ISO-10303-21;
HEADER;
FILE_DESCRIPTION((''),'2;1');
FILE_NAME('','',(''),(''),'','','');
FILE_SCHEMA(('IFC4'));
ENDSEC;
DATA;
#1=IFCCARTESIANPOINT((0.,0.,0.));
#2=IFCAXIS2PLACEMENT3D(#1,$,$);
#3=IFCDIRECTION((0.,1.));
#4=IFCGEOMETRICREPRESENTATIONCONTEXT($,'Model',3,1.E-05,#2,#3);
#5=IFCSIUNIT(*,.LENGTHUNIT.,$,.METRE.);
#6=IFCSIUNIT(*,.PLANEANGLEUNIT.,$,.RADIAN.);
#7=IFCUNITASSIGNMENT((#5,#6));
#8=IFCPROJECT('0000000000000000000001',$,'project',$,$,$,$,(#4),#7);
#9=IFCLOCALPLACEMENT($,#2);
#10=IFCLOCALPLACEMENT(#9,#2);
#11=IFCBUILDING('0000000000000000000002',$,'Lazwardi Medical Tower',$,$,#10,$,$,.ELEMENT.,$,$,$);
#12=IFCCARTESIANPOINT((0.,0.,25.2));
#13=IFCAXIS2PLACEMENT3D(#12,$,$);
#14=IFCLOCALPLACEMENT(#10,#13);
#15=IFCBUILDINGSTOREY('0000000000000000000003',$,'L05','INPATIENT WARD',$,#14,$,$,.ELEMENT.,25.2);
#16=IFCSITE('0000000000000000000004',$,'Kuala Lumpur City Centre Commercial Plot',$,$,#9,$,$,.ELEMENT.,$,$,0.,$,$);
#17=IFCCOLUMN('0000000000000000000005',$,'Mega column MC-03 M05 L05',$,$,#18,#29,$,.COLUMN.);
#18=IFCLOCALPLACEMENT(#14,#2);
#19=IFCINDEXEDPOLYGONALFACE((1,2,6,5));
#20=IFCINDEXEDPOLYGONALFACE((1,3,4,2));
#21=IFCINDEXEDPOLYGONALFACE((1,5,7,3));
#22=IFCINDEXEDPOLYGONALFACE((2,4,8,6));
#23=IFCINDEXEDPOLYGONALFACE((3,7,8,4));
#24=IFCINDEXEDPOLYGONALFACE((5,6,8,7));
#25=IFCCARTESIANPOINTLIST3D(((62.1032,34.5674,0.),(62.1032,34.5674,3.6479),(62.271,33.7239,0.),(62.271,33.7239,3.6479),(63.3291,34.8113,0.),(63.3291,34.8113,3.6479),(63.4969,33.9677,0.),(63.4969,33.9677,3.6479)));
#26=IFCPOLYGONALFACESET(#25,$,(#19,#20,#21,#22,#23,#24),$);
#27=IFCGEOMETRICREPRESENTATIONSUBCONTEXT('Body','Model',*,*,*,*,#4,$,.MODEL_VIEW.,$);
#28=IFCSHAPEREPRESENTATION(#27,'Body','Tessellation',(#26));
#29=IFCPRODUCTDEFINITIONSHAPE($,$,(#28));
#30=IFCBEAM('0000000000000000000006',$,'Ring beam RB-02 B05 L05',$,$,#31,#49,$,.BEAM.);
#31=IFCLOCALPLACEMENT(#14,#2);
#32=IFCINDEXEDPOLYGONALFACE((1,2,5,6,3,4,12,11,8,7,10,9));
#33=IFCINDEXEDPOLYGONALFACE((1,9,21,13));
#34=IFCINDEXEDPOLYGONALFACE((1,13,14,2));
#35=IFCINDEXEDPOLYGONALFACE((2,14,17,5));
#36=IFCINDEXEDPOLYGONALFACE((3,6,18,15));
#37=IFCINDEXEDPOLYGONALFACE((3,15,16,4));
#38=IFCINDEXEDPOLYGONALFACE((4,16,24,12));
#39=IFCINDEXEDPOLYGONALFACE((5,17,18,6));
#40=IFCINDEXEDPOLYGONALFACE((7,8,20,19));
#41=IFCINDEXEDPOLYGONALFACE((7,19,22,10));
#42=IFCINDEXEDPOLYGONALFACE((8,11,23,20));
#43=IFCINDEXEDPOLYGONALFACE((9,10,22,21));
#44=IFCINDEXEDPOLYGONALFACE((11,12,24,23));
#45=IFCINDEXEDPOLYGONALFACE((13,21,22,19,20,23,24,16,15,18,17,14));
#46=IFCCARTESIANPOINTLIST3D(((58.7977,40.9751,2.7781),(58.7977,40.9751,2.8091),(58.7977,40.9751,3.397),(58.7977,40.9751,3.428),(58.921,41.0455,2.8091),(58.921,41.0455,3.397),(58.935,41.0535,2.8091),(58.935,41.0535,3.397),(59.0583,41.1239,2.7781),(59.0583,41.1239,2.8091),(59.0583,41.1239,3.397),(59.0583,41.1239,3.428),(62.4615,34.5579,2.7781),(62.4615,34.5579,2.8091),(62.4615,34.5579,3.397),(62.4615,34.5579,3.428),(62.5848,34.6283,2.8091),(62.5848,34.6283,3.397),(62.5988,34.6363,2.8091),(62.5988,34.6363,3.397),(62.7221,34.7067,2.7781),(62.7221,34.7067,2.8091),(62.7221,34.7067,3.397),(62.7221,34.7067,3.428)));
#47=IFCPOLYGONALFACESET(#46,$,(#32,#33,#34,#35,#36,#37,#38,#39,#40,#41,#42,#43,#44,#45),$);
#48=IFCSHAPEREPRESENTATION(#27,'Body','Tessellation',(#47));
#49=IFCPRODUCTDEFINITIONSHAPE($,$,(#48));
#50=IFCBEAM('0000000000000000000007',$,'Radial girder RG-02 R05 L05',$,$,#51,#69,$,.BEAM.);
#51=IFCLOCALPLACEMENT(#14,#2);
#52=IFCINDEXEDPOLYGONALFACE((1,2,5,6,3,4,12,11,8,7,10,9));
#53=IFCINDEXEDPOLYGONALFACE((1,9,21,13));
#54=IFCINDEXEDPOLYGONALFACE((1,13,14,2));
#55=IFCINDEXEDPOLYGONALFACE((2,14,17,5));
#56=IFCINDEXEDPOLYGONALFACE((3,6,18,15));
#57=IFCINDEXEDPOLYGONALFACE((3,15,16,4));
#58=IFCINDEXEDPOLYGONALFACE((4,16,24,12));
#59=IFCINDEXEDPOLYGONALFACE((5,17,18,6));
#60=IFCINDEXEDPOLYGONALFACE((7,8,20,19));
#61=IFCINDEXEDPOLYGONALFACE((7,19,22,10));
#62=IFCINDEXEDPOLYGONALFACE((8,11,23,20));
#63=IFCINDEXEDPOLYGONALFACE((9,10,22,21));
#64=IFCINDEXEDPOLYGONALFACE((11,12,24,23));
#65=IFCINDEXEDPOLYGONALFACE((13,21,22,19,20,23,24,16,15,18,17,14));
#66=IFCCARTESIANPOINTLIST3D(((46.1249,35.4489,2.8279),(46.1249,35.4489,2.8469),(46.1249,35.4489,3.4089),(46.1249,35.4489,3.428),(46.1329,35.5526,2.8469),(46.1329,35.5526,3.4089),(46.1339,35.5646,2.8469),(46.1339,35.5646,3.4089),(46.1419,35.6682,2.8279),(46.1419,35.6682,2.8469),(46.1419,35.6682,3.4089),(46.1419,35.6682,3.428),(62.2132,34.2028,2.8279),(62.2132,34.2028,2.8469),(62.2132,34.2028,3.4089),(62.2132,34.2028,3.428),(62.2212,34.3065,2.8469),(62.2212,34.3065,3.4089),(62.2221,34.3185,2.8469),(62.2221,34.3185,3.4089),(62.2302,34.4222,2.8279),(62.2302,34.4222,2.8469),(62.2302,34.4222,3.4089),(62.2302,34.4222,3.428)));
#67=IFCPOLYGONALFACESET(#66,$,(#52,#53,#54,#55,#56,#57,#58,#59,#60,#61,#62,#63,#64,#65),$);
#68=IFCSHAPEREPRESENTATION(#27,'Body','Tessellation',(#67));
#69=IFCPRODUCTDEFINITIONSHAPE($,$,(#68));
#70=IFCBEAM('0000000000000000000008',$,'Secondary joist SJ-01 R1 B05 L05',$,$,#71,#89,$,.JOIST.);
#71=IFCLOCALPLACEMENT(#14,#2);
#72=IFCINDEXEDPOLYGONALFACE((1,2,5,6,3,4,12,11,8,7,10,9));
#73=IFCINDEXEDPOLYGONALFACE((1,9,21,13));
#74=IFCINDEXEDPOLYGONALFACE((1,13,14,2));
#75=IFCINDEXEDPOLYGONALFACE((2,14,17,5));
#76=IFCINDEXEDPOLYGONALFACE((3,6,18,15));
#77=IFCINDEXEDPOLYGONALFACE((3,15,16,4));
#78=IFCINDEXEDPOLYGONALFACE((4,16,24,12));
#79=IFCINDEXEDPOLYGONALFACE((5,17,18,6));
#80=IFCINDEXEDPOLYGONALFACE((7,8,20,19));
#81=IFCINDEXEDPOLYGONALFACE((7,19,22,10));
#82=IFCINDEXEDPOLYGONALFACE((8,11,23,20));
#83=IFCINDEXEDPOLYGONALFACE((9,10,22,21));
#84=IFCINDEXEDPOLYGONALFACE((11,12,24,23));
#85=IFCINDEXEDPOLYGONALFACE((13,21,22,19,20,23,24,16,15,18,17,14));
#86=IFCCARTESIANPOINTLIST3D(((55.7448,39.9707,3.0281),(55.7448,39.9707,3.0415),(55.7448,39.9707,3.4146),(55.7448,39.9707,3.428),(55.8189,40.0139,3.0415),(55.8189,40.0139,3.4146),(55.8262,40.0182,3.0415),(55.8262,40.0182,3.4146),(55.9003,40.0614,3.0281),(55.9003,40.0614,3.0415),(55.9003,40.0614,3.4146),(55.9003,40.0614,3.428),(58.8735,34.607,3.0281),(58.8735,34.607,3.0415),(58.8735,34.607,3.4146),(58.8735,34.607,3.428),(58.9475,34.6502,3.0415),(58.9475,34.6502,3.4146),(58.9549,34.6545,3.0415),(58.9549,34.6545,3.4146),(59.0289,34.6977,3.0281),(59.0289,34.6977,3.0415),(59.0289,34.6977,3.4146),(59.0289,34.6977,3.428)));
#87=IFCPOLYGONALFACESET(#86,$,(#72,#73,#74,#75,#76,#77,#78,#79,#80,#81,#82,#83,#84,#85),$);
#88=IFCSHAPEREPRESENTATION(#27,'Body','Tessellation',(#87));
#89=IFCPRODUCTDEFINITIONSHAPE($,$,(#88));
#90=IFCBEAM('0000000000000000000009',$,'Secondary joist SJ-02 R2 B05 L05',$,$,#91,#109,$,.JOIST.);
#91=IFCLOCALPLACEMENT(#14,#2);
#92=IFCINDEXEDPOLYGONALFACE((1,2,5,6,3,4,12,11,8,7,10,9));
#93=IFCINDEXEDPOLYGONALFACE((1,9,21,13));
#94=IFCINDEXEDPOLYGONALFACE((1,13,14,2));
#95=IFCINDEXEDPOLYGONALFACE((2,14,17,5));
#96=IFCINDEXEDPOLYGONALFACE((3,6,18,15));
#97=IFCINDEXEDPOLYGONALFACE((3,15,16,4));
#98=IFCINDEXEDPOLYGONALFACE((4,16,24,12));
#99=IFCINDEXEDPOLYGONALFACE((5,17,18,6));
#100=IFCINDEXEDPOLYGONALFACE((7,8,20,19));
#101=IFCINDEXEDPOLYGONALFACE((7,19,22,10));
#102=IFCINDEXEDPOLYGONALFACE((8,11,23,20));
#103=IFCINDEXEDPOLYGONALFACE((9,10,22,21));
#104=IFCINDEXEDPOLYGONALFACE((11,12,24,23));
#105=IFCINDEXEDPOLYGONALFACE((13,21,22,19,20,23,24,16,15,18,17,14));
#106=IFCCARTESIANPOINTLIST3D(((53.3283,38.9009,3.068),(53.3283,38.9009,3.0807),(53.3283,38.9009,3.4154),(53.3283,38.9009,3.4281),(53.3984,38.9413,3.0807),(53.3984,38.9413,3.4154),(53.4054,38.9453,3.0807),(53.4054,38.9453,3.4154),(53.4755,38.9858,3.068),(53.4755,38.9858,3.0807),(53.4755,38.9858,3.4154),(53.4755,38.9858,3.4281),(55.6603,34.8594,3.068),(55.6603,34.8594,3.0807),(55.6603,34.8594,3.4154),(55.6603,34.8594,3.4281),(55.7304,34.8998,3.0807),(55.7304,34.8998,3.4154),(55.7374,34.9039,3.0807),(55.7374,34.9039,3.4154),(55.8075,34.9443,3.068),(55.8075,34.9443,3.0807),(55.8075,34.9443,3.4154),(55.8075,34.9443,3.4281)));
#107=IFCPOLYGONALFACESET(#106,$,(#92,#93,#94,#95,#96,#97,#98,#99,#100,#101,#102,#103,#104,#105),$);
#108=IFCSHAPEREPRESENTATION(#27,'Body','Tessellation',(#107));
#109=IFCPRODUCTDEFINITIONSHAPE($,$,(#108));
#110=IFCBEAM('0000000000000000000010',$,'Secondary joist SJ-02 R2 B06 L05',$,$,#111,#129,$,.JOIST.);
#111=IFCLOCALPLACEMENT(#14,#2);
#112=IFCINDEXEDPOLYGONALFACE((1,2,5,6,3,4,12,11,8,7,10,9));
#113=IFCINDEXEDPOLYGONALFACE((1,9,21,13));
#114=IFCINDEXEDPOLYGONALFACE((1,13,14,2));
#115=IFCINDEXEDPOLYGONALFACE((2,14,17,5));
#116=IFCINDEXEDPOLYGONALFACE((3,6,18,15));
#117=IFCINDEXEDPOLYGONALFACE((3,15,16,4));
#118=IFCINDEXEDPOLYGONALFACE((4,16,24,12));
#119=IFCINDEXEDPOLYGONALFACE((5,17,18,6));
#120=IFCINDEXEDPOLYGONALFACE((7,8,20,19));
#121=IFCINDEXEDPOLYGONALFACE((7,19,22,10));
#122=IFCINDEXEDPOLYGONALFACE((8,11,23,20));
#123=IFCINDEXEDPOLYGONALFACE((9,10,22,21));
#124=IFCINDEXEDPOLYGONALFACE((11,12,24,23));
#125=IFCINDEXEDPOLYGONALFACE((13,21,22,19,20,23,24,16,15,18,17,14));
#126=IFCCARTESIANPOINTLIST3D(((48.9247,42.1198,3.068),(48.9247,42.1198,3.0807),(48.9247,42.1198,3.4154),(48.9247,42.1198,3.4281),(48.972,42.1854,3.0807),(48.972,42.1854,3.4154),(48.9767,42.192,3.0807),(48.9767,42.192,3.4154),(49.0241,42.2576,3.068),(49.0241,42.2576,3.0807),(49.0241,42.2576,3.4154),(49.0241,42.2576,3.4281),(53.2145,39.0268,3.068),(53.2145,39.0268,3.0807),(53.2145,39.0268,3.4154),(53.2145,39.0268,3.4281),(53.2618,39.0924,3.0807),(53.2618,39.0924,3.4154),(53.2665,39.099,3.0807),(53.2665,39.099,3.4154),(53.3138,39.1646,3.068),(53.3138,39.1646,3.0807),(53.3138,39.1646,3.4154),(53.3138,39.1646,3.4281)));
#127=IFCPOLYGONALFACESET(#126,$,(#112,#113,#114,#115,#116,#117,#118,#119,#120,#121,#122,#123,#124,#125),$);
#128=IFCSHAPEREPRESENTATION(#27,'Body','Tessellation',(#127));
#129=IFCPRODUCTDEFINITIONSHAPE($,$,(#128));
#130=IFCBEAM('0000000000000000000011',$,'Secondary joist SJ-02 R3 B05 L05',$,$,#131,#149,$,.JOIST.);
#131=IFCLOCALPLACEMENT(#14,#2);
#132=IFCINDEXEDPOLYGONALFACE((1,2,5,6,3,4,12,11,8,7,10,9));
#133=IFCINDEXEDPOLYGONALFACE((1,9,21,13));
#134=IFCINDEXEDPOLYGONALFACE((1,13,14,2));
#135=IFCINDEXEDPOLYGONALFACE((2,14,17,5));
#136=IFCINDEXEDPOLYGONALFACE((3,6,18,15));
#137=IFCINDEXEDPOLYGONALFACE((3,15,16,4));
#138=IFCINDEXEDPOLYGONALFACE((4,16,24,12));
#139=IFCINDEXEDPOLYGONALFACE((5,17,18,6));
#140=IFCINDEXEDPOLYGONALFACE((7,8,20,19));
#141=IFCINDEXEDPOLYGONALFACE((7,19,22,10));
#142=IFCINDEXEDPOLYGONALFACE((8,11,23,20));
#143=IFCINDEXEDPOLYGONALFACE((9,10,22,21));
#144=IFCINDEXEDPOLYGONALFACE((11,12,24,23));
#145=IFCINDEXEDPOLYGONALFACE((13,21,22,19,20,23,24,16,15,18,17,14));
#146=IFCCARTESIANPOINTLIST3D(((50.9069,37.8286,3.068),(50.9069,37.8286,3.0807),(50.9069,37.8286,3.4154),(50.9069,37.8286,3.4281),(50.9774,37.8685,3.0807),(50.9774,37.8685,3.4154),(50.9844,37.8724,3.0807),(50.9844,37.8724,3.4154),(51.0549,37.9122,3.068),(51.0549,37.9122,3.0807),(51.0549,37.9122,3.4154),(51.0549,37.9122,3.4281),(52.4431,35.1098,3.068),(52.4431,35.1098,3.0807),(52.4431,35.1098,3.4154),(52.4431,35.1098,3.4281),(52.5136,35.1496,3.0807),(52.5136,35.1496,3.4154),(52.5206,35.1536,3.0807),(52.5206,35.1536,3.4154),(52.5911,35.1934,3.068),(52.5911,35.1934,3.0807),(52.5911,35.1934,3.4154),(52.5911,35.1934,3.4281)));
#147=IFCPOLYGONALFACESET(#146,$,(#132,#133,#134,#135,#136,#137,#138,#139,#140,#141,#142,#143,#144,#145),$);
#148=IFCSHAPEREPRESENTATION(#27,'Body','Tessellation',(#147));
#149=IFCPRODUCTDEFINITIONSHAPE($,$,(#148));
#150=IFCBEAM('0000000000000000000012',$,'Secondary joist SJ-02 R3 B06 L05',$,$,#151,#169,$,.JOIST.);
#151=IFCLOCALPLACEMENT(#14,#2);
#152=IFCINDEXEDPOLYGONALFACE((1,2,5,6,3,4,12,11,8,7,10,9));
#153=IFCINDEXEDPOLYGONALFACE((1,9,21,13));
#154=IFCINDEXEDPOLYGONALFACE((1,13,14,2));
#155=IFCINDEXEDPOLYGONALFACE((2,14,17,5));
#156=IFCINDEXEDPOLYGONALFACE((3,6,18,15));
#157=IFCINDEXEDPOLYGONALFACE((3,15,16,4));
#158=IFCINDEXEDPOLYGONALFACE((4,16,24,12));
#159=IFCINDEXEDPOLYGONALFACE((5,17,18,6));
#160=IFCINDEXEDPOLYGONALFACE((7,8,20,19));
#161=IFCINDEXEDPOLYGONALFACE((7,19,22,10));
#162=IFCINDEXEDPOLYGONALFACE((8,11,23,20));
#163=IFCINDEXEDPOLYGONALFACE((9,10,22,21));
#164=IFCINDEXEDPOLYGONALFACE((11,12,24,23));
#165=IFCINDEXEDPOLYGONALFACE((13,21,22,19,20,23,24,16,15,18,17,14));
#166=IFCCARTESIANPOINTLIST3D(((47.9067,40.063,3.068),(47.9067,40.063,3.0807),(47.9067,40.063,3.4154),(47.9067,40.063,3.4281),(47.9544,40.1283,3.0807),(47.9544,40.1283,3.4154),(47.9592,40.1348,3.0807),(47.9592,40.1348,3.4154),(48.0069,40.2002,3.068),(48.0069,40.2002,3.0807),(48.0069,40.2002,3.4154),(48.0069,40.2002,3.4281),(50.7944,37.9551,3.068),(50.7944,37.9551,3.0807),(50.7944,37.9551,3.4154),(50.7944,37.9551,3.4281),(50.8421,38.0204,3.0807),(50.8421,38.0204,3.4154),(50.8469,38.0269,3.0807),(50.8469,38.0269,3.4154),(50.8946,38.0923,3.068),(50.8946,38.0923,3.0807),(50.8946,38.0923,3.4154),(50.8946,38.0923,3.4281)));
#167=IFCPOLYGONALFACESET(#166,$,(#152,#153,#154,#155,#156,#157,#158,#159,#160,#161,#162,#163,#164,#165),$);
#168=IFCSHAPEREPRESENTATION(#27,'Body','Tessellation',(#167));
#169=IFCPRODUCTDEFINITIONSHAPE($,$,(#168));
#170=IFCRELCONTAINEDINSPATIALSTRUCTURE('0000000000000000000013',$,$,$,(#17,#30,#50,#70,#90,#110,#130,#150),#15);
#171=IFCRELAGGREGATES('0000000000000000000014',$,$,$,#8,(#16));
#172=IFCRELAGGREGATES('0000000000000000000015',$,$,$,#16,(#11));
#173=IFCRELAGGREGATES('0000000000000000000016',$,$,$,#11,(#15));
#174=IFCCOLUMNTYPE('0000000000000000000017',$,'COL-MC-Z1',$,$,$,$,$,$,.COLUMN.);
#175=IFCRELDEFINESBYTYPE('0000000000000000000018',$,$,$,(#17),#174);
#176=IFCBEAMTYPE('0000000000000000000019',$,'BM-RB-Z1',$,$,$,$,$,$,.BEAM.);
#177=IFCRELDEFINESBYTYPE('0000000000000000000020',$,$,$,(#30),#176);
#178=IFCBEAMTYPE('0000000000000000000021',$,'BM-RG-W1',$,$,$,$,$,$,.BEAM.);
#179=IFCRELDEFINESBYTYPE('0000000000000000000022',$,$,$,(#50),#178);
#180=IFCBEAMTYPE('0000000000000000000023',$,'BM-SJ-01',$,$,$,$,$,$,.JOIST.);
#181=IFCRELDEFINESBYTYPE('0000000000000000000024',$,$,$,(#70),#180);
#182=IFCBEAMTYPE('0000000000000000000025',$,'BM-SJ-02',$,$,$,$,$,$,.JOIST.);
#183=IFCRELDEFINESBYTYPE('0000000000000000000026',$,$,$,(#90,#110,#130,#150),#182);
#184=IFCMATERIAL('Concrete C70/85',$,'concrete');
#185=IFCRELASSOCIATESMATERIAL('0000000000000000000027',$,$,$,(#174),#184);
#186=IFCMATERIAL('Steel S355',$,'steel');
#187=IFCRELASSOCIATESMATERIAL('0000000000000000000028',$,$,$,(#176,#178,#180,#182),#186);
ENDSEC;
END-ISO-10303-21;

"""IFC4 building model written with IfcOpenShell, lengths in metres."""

from ifc_helpers import new_model, si_unit, direction, frame, origin, origin_2d, place, context, subcontext, project, spatial, rectangle, i_section, extrude, material, material_profile, profile_set, type_object, element, save


model = new_model("IFC4")

# Units and contexts
model_context = context("Model", 3, precision=1e-05, world=origin(), true_north=direction((0.0, 1.0)))
body_context = subcontext(model_context, "Body", "Model", "MODEL_VIEW")
ifc_project = project(units=[si_unit("LENGTHUNIT", "METRE"), si_unit("PLANEANGLEUNIT", "RADIAN")], contexts=[model_context])

# Site, building, storey
site_placement = place(None, origin())
site = spatial("IfcSite", under=ifc_project, at=site_placement, Name="Kuala Lumpur City Centre Commercial Plot", CompositionType="ELEMENT", RefElevation=0.0)
building_placement = place(site_placement, origin())
building = spatial("IfcBuilding", under=site, at=building_placement, Name="Lazwardi Medical Tower", CompositionType="ELEMENT")
storey_placement = place(building_placement, frame((0.0, 0.0, 25.2)))
storey = spatial("IfcBuildingStorey", under=building, at=storey_placement, Name="L05", Description="INPATIENT WARD", CompositionType="ELEMENT", Elevation=25.2)

# Column
ifc_material_1 = material(Name="Concrete C70/85", Category="concrete")
ifc_material_profile_1 = material_profile(ifc_material_1, rectangle(XDim=1.25, YDim=0.8601, at=origin_2d()), Name="CFT-RECT 1250x860")
ifc_profile_set_1 = profile_set([ifc_material_profile_1], Name="Concrete C70/85")
column_type = type_object("IfcColumnType", Name="COL-MC-Z1", PredefinedType="COLUMN", material=ifc_profile_set_1)
column_placement = place(storey_placement, frame((62.8, 34.2676, 0.0), z_axis=(0.0, 0.0, 1.0), x_axis=(0.980785, 0.19509, 0.0)))
element("IfcColumn", 1, at=column_placement, inside=storey, type_object=column_type, Name="Mega column MC-03 M05 L05", PredefinedType="COLUMN", context=body_context, shape_type="SweptSolid", body=[
    extrude(rectangle(XDim=1.25, YDim=0.8601, at=origin_2d()), origin(), (0.0, 0.0, 1.0), 3.6479),
])

# Beams
ifc_material_2 = material(Name="Steel S355", Category="steel")
ifc_material_profile_2 = material_profile(ifc_material_2, i_section(OverallWidth=0.3, OverallDepth=0.6499, WebThickness=0.0161, FlangeThickness=0.031, at=origin_2d()), Name="HEB 650")
ifc_profile_set_2 = profile_set([ifc_material_profile_2], Name="Steel S355")
beam_type_1 = type_object("IfcBeamType", Name="BM-RB-Z1", PredefinedType="BEAM", material=ifc_profile_set_2)
beam_1_placement = place(storey_placement, frame((62.5918, 34.6323, 3.103), z_axis=(-0.495815, 0.868428, 0.0), x_axis=(-0.868428, -0.495815, 0.0)))
element("IfcBeam", 2, at=beam_1_placement, inside=storey, type_object=beam_type_1, Name="Ring beam RB-02 B05 L05", PredefinedType="BEAM", context=body_context, shape_type="SweptSolid", body=[
    extrude(i_section(OverallWidth=0.3, OverallDepth=0.6499, WebThickness=0.0161, FlangeThickness=0.031, at=origin_2d()), origin(), (0.0, 0.0, 1.0), 7.3894),
])
ifc_material_profile_3 = material_profile(ifc_material_2, i_section(OverallWidth=0.22, OverallDepth=0.6001, WebThickness=0.012, FlangeThickness=0.019, at=origin_2d()), Name="IPE 600")
ifc_profile_set_3 = profile_set([ifc_material_profile_3], Name="Steel S355")
beam_type_2 = type_object("IfcBeamType", Name="BM-RG-W1", PredefinedType="BEAM", material=ifc_profile_set_3)
beam_2_placement = place(storey_placement, frame((62.2217, 34.3125, 3.1279), z_axis=(-0.997014, 0.077222, 0.0), x_axis=(-0.077222, -0.997014, 0.0)))
element("IfcBeam", 3, at=beam_2_placement, inside=storey, type_object=beam_type_2, Name="Radial girder RG-02 R05 L05", PredefinedType="BEAM", context=body_context, shape_type="SweptSolid", body=[
    extrude(i_section(OverallWidth=0.22, OverallDepth=0.6001, WebThickness=0.012, FlangeThickness=0.019, at=origin_2d()), origin(), (0.0, 0.0, 1.0), 16.1365),
])
ifc_material_profile_4 = material_profile(ifc_material_2, i_section(OverallWidth=0.1799, OverallDepth=0.3999, WebThickness=0.0085, FlangeThickness=0.0134, at=origin_2d()), Name="IPE 400")
ifc_profile_set_4 = profile_set([ifc_material_profile_4], Name="Steel S355")
beam_type_3 = type_object("IfcBeamType", Name="BM-SJ-01", PredefinedType="JOIST", material=ifc_profile_set_4)
beam_3_placement = place(storey_placement, frame((58.9512, 34.6523, 3.228), z_axis=(-0.503847, 0.863793, 0.0), x_axis=(-0.863793, -0.503847, 0.0)))
element("IfcBeam", 4, at=beam_3_placement, inside=storey, type_object=beam_type_3, Name="Secondary joist SJ-01 R1 B05 L05", PredefinedType="JOIST", context=body_context, shape_type="SweptSolid", body=[
    extrude(i_section(OverallWidth=0.1799, OverallDepth=0.3999, WebThickness=0.0085, FlangeThickness=0.0134, at=origin_2d()), origin(), (0.0, 0.0, 1.0), 6.2095),
])
ifc_material_profile_5 = material_profile(ifc_material_2, i_section(OverallWidth=0.1699, OverallDepth=0.3601, WebThickness=0.0081, FlangeThickness=0.0127, at=origin_2d()), Name="IPE 360")
ifc_profile_set_5 = profile_set([ifc_material_profile_5], Name="Steel S355")
beam_type_4 = type_object("IfcBeamType", Name="BM-SJ-02", PredefinedType="JOIST", material=ifc_profile_set_5)
beam_4_placement = place(storey_placement, frame((55.7339, 34.9019, 3.248), z_axis=(-0.499786, 0.866149, 0.0), x_axis=(-0.866149, -0.499786, 0.0)))
element("IfcBeam", 5, at=beam_4_placement, inside=storey, type_object=beam_type_4, Name="Secondary joist SJ-02 R2 B05 L05", PredefinedType="JOIST", context=body_context, shape_type="SweptSolid", body=[
    extrude(i_section(OverallWidth=0.1699, OverallDepth=0.3601, WebThickness=0.0081, FlangeThickness=0.0127, at=origin_2d()), origin(), (0.0, 0.0, 1.0), 4.666),
])
beam_5_placement = place(storey_placement, frame((53.2642, 39.0957, 3.248), z_axis=(-0.811143, 0.584848, 0.0), x_axis=(-0.584848, -0.811143, 0.0)))
element("IfcBeam", 6, at=beam_5_placement, inside=storey, type_object=beam_type_4, Name="Secondary joist SJ-02 R2 B06 L05", PredefinedType="JOIST", context=body_context, shape_type="SweptSolid", body=[
    extrude(i_section(OverallWidth=0.1699, OverallDepth=0.3601, WebThickness=0.0081, FlangeThickness=0.0127, at=origin_2d()), origin(), (0.0, 0.0, 1.0), 5.2886),
])
beam_6_placement = place(storey_placement, frame((52.5171, 35.1516, 3.248), z_axis=(-0.491923, 0.870639, 0.0), x_axis=(-0.870639, -0.491923, 0.0)))
element("IfcBeam", 7, at=beam_6_placement, inside=storey, type_object=beam_type_4, Name="Secondary joist SJ-02 R3 B05 L05", PredefinedType="JOIST", context=body_context, shape_type="SweptSolid", body=[
    extrude(i_section(OverallWidth=0.1699, OverallDepth=0.3601, WebThickness=0.0081, FlangeThickness=0.0127, at=origin_2d()), origin(), (0.0, 0.0, 1.0), 3.1228),
])
beam_7_placement = place(storey_placement, frame((50.8445, 38.0237, 3.248), z_axis=(-0.807701, 0.589592, 0.0), x_axis=(-0.589592, -0.807701, 0.0)))
element("IfcBeam", 8, at=beam_7_placement, inside=storey, type_object=beam_type_4, Name="Secondary joist SJ-02 R3 B06 L05", PredefinedType="JOIST", context=body_context, shape_type="SweptSolid", body=[
    extrude(i_section(OverallWidth=0.1699, OverallDepth=0.3601, WebThickness=0.0081, FlangeThickness=0.0127, at=origin_2d()), origin(), (0.0, 0.0, 1.0), 3.5752),
])

save(model, "model.ifc")
